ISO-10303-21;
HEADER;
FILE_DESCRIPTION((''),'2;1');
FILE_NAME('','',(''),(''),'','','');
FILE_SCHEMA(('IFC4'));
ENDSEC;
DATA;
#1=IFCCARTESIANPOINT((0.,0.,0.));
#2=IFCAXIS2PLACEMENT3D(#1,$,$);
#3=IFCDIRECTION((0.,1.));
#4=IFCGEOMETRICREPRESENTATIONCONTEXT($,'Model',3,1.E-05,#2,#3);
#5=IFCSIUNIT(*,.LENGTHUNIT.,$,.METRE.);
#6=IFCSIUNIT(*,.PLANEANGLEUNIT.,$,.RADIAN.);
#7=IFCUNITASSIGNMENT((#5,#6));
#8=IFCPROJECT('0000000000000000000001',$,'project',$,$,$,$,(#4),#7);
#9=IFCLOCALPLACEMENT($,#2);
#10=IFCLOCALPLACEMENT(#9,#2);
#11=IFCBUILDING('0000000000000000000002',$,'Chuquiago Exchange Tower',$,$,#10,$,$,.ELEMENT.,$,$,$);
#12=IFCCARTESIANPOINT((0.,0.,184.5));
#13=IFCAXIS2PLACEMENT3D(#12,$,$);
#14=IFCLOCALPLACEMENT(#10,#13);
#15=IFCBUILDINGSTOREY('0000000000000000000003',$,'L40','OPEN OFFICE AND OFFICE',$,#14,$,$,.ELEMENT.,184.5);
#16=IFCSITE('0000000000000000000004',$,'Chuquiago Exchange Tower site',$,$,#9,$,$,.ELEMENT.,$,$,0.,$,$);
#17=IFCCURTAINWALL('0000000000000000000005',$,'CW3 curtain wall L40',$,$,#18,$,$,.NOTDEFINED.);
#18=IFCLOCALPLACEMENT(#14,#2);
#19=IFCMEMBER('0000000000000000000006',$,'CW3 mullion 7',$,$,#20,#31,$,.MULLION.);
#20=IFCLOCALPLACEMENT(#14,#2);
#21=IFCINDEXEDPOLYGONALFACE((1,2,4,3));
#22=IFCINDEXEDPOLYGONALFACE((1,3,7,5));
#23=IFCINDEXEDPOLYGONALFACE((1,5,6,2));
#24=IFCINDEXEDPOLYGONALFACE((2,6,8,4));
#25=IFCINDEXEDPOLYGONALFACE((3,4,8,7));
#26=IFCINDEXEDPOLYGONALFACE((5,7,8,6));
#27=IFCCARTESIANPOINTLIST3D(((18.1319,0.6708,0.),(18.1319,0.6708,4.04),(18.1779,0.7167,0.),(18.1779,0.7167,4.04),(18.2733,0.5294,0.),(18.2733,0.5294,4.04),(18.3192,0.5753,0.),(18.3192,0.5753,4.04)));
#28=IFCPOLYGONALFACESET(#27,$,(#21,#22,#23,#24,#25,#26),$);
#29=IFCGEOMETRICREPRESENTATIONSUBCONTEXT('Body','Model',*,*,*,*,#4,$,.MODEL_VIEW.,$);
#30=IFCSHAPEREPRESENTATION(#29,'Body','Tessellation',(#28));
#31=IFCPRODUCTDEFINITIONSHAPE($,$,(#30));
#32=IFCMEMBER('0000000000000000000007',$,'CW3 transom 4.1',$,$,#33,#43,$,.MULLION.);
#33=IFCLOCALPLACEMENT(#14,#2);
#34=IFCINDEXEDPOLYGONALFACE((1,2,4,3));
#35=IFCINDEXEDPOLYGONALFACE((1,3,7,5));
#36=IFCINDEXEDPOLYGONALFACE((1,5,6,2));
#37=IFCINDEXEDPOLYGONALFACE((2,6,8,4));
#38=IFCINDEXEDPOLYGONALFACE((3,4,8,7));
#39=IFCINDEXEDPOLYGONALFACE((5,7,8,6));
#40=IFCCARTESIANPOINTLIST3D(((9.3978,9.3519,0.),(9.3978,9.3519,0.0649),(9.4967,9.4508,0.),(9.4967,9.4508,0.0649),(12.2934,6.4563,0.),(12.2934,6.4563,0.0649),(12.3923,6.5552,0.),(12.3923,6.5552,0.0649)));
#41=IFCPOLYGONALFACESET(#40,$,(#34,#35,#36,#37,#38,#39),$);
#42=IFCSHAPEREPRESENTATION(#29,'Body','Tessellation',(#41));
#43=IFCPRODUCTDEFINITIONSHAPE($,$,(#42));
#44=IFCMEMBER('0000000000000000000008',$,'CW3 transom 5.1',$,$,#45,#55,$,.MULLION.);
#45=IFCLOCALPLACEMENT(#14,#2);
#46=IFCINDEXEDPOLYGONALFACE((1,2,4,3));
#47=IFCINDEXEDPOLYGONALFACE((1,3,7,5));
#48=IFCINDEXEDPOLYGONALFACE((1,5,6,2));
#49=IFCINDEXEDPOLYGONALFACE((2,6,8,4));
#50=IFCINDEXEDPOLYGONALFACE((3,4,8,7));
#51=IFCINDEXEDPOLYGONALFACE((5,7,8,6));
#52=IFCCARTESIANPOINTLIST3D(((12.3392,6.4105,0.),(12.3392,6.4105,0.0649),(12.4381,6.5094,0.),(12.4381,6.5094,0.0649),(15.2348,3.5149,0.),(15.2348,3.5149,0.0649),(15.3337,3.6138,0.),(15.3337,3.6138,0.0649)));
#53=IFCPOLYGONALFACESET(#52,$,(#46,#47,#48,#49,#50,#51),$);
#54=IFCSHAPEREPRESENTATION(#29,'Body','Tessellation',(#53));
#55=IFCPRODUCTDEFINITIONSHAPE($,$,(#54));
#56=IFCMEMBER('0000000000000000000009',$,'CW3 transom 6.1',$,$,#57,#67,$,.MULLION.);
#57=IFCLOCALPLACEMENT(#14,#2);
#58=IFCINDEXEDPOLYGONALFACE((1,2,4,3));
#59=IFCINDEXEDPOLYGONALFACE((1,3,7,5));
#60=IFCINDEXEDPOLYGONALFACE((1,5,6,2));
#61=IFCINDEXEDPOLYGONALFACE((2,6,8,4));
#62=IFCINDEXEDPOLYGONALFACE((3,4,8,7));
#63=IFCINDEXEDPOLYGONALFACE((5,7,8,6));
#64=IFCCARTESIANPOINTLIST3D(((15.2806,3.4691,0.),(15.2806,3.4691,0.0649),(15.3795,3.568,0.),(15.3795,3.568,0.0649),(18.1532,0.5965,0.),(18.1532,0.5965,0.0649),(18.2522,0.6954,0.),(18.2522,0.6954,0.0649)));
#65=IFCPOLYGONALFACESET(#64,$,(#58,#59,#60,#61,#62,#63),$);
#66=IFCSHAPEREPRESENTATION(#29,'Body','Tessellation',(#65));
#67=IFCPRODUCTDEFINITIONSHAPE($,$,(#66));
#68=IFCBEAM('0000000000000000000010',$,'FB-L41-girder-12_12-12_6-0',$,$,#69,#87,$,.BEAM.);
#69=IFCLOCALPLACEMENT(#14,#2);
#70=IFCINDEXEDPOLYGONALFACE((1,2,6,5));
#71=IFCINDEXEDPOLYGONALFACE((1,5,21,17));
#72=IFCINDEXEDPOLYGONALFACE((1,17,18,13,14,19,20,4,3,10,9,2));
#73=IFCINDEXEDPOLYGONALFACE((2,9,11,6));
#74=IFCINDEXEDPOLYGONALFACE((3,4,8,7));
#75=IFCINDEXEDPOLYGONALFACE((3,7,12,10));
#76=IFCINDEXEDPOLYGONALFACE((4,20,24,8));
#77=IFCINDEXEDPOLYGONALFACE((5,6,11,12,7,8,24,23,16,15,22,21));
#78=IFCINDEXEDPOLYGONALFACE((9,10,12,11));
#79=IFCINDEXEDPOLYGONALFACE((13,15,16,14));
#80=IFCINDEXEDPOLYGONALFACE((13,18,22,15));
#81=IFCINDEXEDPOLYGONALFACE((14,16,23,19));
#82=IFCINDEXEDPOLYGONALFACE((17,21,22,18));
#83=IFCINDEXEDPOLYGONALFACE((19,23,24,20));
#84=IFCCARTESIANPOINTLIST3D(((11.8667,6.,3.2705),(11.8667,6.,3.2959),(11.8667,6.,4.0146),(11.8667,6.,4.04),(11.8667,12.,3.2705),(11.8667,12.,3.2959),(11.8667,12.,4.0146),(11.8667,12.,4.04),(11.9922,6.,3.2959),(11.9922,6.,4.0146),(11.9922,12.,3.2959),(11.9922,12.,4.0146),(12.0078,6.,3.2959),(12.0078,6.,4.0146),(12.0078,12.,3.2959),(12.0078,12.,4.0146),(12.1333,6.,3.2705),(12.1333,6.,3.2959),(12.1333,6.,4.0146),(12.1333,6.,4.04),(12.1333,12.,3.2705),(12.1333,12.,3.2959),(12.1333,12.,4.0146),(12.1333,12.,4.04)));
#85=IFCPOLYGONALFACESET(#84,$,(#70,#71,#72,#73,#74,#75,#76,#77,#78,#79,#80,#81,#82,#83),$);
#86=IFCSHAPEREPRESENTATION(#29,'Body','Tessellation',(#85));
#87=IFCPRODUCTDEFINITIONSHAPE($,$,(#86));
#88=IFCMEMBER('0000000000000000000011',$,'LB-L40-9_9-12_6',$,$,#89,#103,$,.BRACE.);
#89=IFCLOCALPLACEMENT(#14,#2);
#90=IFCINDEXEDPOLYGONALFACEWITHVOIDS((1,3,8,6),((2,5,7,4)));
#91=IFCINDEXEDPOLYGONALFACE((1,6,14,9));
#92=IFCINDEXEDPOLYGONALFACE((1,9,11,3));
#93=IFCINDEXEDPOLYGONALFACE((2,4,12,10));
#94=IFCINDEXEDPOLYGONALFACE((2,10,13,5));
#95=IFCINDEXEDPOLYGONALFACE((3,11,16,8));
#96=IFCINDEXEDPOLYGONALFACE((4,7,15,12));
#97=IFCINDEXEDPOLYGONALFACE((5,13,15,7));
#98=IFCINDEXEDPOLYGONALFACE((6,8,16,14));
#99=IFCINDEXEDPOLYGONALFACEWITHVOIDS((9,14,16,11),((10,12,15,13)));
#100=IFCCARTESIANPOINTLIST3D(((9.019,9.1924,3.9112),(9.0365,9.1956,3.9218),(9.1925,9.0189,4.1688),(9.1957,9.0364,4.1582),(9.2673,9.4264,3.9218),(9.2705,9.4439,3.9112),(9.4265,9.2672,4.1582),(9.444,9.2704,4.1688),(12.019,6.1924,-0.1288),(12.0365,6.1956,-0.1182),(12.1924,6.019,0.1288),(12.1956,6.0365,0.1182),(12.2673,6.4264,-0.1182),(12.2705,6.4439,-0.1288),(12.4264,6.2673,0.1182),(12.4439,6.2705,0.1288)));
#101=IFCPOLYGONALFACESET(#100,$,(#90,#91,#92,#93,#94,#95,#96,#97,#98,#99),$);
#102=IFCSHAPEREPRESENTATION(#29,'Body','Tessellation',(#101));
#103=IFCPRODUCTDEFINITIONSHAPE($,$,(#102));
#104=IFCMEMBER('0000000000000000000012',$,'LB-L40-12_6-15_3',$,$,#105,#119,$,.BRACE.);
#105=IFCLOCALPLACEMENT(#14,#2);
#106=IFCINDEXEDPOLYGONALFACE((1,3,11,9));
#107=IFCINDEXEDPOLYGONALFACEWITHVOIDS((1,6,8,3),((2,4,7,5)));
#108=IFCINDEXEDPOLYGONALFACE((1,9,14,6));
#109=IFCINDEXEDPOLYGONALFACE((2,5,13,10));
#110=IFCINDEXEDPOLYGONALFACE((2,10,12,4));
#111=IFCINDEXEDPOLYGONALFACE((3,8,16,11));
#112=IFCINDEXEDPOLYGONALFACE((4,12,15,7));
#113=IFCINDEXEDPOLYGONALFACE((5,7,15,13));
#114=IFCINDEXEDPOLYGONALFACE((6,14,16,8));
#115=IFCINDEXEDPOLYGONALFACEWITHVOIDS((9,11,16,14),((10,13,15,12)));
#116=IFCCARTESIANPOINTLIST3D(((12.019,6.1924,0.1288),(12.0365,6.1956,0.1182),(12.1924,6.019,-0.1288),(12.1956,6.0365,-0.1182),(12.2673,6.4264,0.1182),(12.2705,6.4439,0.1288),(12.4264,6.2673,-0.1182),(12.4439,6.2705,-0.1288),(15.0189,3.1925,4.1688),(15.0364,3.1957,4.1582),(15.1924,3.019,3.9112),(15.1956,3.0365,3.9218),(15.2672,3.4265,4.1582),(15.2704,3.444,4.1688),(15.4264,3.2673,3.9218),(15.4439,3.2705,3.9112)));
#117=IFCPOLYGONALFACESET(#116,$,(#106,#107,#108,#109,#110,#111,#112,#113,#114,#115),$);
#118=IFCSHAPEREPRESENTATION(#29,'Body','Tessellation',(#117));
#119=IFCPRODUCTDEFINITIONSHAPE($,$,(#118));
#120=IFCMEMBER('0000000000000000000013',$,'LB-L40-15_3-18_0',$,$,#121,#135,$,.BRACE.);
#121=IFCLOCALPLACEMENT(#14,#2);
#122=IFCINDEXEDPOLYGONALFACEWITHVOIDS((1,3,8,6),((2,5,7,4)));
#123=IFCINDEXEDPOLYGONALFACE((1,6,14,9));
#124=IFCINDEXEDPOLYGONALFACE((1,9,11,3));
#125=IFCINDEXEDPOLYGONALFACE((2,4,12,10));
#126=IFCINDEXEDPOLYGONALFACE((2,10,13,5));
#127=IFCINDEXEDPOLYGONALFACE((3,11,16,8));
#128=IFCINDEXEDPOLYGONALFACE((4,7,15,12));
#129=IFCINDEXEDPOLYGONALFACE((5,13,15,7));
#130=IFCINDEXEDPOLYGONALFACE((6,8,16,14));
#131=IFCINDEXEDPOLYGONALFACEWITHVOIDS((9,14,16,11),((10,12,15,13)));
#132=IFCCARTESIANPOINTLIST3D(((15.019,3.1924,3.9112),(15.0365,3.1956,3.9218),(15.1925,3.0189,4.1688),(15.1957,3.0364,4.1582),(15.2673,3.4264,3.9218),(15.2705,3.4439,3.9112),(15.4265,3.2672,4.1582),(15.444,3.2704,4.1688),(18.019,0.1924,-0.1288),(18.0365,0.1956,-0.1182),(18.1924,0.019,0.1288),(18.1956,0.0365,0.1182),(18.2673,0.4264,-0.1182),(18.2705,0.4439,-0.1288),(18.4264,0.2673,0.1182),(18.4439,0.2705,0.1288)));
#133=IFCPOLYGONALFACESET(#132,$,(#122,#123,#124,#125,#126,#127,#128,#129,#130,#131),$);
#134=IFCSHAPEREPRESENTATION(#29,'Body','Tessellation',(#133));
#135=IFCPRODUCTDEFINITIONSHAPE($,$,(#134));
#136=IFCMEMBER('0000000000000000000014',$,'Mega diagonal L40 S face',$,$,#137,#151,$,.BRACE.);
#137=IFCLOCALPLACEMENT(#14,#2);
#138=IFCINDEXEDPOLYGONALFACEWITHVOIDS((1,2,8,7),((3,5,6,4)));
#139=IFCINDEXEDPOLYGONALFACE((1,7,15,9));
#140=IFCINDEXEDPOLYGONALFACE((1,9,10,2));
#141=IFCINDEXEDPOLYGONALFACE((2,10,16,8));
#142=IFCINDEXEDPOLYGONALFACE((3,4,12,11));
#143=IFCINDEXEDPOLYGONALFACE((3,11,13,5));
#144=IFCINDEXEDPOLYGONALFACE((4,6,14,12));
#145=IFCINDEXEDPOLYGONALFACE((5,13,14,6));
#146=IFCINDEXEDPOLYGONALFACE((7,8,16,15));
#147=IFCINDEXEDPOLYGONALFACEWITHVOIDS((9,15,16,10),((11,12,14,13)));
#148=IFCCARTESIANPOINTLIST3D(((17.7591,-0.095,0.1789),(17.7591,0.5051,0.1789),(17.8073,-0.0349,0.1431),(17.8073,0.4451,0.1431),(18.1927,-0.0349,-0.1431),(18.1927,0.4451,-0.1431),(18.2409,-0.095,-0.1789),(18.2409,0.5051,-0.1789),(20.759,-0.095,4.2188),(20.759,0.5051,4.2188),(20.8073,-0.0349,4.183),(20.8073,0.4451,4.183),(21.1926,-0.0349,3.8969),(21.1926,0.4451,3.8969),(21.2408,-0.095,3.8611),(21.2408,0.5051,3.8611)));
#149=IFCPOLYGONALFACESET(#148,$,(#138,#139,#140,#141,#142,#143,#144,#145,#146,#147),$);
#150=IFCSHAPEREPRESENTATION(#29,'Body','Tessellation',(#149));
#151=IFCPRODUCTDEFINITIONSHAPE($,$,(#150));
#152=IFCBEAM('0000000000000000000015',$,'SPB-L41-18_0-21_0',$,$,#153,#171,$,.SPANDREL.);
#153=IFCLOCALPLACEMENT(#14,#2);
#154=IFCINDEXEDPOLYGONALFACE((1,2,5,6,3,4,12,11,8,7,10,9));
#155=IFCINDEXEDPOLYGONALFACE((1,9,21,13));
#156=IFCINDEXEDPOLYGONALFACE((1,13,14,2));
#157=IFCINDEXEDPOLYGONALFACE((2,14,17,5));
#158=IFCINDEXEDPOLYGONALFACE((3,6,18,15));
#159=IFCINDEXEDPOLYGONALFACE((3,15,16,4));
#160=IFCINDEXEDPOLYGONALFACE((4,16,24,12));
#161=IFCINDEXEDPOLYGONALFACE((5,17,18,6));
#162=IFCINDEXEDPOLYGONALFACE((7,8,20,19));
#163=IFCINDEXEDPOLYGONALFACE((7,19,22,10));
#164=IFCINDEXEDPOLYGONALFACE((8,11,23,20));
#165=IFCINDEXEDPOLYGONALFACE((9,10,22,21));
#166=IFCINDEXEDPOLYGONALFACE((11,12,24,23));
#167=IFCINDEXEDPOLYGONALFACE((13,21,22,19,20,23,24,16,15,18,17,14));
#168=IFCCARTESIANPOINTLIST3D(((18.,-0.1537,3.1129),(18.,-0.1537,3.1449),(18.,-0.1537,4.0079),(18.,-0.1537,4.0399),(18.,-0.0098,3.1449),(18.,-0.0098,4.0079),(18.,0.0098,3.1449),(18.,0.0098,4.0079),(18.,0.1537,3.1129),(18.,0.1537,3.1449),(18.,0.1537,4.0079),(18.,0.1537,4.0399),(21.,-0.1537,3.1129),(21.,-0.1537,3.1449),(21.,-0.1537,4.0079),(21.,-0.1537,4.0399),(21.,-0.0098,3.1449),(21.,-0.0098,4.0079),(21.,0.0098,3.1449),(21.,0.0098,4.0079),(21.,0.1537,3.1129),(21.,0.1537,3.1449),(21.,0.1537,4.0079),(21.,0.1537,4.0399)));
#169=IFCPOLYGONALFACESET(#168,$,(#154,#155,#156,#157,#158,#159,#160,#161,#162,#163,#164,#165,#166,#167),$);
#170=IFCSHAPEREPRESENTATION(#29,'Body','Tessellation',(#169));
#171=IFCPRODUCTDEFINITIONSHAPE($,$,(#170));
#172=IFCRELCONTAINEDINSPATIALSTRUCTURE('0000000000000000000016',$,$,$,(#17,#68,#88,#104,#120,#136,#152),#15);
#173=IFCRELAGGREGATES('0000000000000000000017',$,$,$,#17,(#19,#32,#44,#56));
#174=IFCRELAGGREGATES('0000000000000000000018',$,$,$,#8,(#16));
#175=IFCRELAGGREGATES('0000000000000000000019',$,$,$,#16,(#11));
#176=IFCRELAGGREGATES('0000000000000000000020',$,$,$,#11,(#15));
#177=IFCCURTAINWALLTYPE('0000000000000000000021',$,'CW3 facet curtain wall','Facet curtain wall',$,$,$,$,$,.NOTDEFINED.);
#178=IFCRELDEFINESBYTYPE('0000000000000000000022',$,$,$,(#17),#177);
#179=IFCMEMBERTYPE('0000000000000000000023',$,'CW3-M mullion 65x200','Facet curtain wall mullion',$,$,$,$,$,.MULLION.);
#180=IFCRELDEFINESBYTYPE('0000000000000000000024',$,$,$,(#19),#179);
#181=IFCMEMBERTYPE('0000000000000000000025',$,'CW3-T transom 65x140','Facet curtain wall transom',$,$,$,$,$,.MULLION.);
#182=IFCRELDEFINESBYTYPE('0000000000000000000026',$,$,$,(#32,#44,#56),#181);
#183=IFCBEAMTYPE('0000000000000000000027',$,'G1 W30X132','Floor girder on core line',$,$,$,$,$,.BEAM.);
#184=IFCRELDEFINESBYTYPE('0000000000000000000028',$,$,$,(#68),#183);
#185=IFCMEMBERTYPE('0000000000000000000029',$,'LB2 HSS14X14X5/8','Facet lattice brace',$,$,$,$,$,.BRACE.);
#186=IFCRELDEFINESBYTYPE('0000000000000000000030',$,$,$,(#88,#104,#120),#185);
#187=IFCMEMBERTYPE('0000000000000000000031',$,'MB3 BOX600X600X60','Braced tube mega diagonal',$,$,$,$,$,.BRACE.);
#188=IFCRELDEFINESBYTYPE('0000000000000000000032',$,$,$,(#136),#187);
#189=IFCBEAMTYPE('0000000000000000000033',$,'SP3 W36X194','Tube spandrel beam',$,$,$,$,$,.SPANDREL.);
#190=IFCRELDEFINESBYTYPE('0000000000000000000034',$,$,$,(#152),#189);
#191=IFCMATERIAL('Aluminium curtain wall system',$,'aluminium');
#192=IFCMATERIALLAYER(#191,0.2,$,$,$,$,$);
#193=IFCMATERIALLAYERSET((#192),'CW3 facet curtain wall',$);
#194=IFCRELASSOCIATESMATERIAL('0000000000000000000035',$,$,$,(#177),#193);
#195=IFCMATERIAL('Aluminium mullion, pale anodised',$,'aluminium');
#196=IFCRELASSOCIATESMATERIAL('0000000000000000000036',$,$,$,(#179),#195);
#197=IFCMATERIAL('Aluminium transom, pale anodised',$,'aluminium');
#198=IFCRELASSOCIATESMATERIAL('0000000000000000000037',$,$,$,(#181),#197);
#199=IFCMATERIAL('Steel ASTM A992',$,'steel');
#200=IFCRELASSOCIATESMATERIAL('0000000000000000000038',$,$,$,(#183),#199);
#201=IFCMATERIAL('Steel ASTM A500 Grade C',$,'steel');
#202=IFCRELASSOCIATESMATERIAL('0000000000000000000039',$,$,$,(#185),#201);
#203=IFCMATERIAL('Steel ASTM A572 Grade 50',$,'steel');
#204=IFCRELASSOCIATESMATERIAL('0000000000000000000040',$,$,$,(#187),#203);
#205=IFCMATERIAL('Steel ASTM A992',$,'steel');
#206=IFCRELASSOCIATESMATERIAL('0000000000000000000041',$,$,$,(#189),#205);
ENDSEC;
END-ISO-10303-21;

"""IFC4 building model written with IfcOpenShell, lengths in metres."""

from ifc_helpers import new_model, si_unit, direction, frame, origin, origin_2d, place, context, subcontext, project, spatial, rectangle, hollow_rectangle, i_section, extrude, material, layer, layer_set, material_profile, profile_set, type_object, element, aggregate, save


model = new_model("IFC4")

# Units and contexts
model_context = context("Model", 3, precision=1e-05, world=origin(), true_north=direction((0.0, 1.0)))
body_context = subcontext(model_context, "Body", "Model", "MODEL_VIEW")
ifc_project = project(units=[si_unit("LENGTHUNIT", "METRE"), si_unit("PLANEANGLEUNIT", "RADIAN")], contexts=[model_context])

# Site, building, storey
site_placement = place(None, origin())
site = spatial("IfcSite", under=ifc_project, at=site_placement, Name="Chuquiago Exchange Tower site", CompositionType="ELEMENT", RefElevation=0.0)
building_placement = place(site_placement, origin())
building = spatial("IfcBuilding", under=site, at=building_placement, Name="Chuquiago Exchange Tower", CompositionType="ELEMENT")
storey_placement = place(building_placement, frame((0.0, 0.0, 184.5)))
storey = spatial("IfcBuildingStorey", under=building, at=storey_placement, Name="L40", Description="OPEN OFFICE AND OFFICE", CompositionType="ELEMENT", Elevation=184.5)

# Curtain wall, members
ifc_material_1 = material(Name="Aluminium curtain wall system", Category="aluminium")
ifc_layer_1 = layer(ifc_material_1, 0.2)
ifc_layer_set_1 = layer_set([ifc_layer_1], Name="CW3 facet curtain wall")
curtain_wall_type = type_object("IfcCurtainWallType", Name="CW3 facet curtain wall", Description="Facet curtain wall", PredefinedType="NOTDEFINED", material=ifc_layer_set_1)
curtain_wall_placement = place(storey_placement, origin())
curtain_wall = element("IfcCurtainWall", 1, at=curtain_wall_placement, inside=storey, type_object=curtain_wall_type, Name="CW3 curtain wall L40", PredefinedType="NOTDEFINED")
ifc_material_2 = material(Name="Aluminium mullion, pale anodised", Category="aluminium")
ifc_material_profile_1 = material_profile(ifc_material_2, rectangle(XDim=0.0649, YDim=0.2, at=origin_2d()), Name="AL 65x200")
ifc_profile_set_1 = profile_set([ifc_material_profile_1], Name="Aluminium mullion, pale anodised")
member_type_1 = type_object("IfcMemberType", Name="CW3-M mullion 65x200", Description="Facet curtain wall mullion", PredefinedType="MULLION", material=ifc_profile_set_1)
member_1_placement = place(storey_placement, frame((18.2256, 0.623, 0.0), z_axis=(0.0, 0.0, 1.0), x_axis=(0.707107, 0.707107, 0.0)))
member_1 = element("IfcMember", 2, at=member_1_placement, type_object=member_type_1, Name="CW3 mullion 7", PredefinedType="MULLION", context=body_context, shape_type="SweptSolid", body=[
    extrude(rectangle(XDim=0.0649, YDim=0.2, at=origin_2d()), origin(), (0.0, 0.0, 1.0), 4.04),
])
ifc_material_3 = material(Name="Aluminium transom, pale anodised", Category="aluminium")
ifc_material_profile_2 = material_profile(ifc_material_3, rectangle(XDim=0.1399, YDim=0.0649, at=origin_2d()), Name="AL 140x65")
ifc_profile_set_2 = profile_set([ifc_material_profile_2], Name="Aluminium transom, pale anodised")
member_type_2 = type_object("IfcMemberType", Name="CW3-T transom 65x140", Description="Facet curtain wall transom", PredefinedType="MULLION", material=ifc_profile_set_2)
member_2_placement = place(storey_placement, frame((9.4473, 9.4014, 0.0325), z_axis=(0.707107, -0.707107, 0.0), x_axis=(0.707107, 0.707107, 0.0)))
member_2 = element("IfcMember", 3, at=member_2_placement, type_object=member_type_2, Name="CW3 transom 4.1", PredefinedType="MULLION", context=body_context, shape_type="SweptSolid", body=[
    extrude(rectangle(XDim=0.1399, YDim=0.0649, at=origin_2d()), origin(), (0.0, 0.0, 1.0), 4.095),
])
member_3_placement = place(storey_placement, frame((12.3887, 6.46, 0.0325), z_axis=(0.707107, -0.707107, 0.0), x_axis=(0.707107, 0.707107, 0.0)))
member_3 = element("IfcMember", 4, at=member_3_placement, type_object=member_type_2, Name="CW3 transom 5.1", PredefinedType="MULLION", context=body_context, shape_type="SweptSolid", body=[
    extrude(rectangle(XDim=0.1399, YDim=0.0649, at=origin_2d()), origin(), (0.0, 0.0, 1.0), 4.095),
])
member_4_placement = place(storey_placement, frame((15.3301, 3.5186, 0.0325), z_axis=(0.707107, -0.707107, 0.0), x_axis=(0.707107, 0.707107, 0.0)))
member_4 = element("IfcMember", 5, at=member_4_placement, type_object=member_type_2, Name="CW3 transom 6.1", PredefinedType="MULLION", context=body_context, shape_type="SweptSolid", body=[
    extrude(rectangle(XDim=0.1399, YDim=0.0649, at=origin_2d()), origin(), (0.0, 0.0, 1.0), 4.0625),
])

# Beam
ifc_material_4 = material(Name="Steel ASTM A992", Category="steel")
ifc_material_profile_3 = material_profile(ifc_material_4, i_section(OverallWidth=0.2666, OverallDepth=0.7695, WebThickness=0.0156, FlangeThickness=0.0254, at=origin_2d()), Name="W30X132")
ifc_profile_set_3 = profile_set([ifc_material_profile_3], Name="Steel ASTM A992")
beam_type_1 = type_object("IfcBeamType", Name="G1 W30X132", Description="Floor girder on core line", PredefinedType="BEAM", material=ifc_profile_set_3)
beam_1_placement = place(storey_placement, frame((12.0, 12.0, 3.6553), z_axis=(0.0, -1.0, 0.0), x_axis=(1.0, 0.0, 0.0)))
element("IfcBeam", 6, at=beam_1_placement, inside=storey, type_object=beam_type_1, Name="FB-L41-girder-12_12-12_6-0", PredefinedType="BEAM", context=body_context, shape_type="SweptSolid", body=[
    extrude(i_section(OverallWidth=0.2666, OverallDepth=0.7695, WebThickness=0.0156, FlangeThickness=0.0254, at=origin_2d()), origin(), (0.0, 0.0, 1.0), 6.0),
])

# Members
ifc_material_5 = material(Name="Steel ASTM A500 Grade C", Category="steel")
ifc_material_profile_4 = material_profile(ifc_material_5, hollow_rectangle(XDim=0.3557, YDim=0.3557, WallThickness=0.0146, at=origin_2d()), Name="HSS14X14X5/8")
ifc_profile_set_4 = profile_set([ifc_material_profile_4], Name="Steel ASTM A500 Grade C")
member_type_3 = type_object("IfcMemberType", Name="LB2 HSS14X14X5/8", Description="Facet lattice brace", PredefinedType="BRACE", material=ifc_profile_set_4)
for number, where, z_axis, x_axis, name in (
    (7, (12.2314, 6.2314, 0.0), (-0.512077, 0.512077, 0.689604), (-0.707107, -0.707107, 0.0), "LB-L40-9_9-12_6"),
    (8, (12.2314, 6.2314, 0.0), (0.512077, -0.512077, 0.689604), (0.707107, 0.707107, 0.0), "LB-L40-12_6-15_3"),
    (9, (18.2314, 0.2314, 0.0), (-0.512077, 0.512077, 0.689604), (-0.707107, -0.707107, 0.0), "LB-L40-15_3-18_0"),
):
    element("IfcMember", number, at=place(storey_placement, frame(where, z_axis=z_axis, x_axis=x_axis)), inside=storey, type_object=member_type_3, Name=name, PredefinedType="BRACE", context=body_context, shape_type="SweptSolid", body=[
        extrude(hollow_rectangle(XDim=0.3557, YDim=0.3557, WallThickness=0.0146, at=origin_2d()), origin(), (0.0, 0.0, 1.0), 5.8584),
    ])
ifc_material_6 = material(Name="Steel ASTM A572 Grade 50", Category="steel")
ifc_material_profile_5 = material_profile(ifc_material_6, hollow_rectangle(XDim=0.6001, YDim=0.6001, WallThickness=0.0601, at=origin_2d()), Name="BOX600X600X60")
ifc_profile_set_5 = profile_set([ifc_material_profile_5], Name="Steel ASTM A572 Grade 50")
member_type_4 = type_object("IfcMemberType", Name="MB3 BOX600X600X60", Description="Braced tube mega diagonal", PredefinedType="BRACE", material=ifc_profile_set_5)
member_5_placement = place(storey_placement, frame((18.0, 0.2051, 0.0), z_axis=(0.596174, 0.0, 0.802855), x_axis=(0.0, 1.0, 0.0)))
element("IfcMember", 10, at=member_5_placement, inside=storey, type_object=member_type_4, Name="Mega diagonal L40 S face", PredefinedType="BRACE", context=body_context, shape_type="SweptSolid", body=[
    extrude(hollow_rectangle(XDim=0.6001, YDim=0.6001, WallThickness=0.0601, at=origin_2d()), origin(), (0.0, 0.0, 1.0), 5.032),
])

# Beam
ifc_material_7 = material(Name="Steel ASTM A992", Category="steel")
ifc_material_profile_6 = material_profile(ifc_material_7, i_section(OverallWidth=0.3074, OverallDepth=0.927, WebThickness=0.0195, FlangeThickness=0.032, at=origin_2d()), Name="W36X194")
ifc_profile_set_6 = profile_set([ifc_material_profile_6], Name="Steel ASTM A992")
beam_type_2 = type_object("IfcBeamType", Name="SP3 W36X194", Description="Tube spandrel beam", PredefinedType="SPANDREL", material=ifc_profile_set_6)
beam_2_placement = place(storey_placement, frame((18.0, 0.0, 3.5764), z_axis=(1.0, 0.0, 0.0), x_axis=(0.0, 1.0, 0.0)))
element("IfcBeam", 11, at=beam_2_placement, inside=storey, type_object=beam_type_2, Name="SPB-L41-18_0-21_0", PredefinedType="SPANDREL", context=body_context, shape_type="SweptSolid", body=[
    extrude(i_section(OverallWidth=0.3074, OverallDepth=0.927, WebThickness=0.0195, FlangeThickness=0.032, at=origin_2d()), origin(), (0.0, 0.0, 1.0), 3.0),
])

aggregate(curtain_wall, [member_1, member_2, member_3, member_4])

save(model, "model.ifc")
